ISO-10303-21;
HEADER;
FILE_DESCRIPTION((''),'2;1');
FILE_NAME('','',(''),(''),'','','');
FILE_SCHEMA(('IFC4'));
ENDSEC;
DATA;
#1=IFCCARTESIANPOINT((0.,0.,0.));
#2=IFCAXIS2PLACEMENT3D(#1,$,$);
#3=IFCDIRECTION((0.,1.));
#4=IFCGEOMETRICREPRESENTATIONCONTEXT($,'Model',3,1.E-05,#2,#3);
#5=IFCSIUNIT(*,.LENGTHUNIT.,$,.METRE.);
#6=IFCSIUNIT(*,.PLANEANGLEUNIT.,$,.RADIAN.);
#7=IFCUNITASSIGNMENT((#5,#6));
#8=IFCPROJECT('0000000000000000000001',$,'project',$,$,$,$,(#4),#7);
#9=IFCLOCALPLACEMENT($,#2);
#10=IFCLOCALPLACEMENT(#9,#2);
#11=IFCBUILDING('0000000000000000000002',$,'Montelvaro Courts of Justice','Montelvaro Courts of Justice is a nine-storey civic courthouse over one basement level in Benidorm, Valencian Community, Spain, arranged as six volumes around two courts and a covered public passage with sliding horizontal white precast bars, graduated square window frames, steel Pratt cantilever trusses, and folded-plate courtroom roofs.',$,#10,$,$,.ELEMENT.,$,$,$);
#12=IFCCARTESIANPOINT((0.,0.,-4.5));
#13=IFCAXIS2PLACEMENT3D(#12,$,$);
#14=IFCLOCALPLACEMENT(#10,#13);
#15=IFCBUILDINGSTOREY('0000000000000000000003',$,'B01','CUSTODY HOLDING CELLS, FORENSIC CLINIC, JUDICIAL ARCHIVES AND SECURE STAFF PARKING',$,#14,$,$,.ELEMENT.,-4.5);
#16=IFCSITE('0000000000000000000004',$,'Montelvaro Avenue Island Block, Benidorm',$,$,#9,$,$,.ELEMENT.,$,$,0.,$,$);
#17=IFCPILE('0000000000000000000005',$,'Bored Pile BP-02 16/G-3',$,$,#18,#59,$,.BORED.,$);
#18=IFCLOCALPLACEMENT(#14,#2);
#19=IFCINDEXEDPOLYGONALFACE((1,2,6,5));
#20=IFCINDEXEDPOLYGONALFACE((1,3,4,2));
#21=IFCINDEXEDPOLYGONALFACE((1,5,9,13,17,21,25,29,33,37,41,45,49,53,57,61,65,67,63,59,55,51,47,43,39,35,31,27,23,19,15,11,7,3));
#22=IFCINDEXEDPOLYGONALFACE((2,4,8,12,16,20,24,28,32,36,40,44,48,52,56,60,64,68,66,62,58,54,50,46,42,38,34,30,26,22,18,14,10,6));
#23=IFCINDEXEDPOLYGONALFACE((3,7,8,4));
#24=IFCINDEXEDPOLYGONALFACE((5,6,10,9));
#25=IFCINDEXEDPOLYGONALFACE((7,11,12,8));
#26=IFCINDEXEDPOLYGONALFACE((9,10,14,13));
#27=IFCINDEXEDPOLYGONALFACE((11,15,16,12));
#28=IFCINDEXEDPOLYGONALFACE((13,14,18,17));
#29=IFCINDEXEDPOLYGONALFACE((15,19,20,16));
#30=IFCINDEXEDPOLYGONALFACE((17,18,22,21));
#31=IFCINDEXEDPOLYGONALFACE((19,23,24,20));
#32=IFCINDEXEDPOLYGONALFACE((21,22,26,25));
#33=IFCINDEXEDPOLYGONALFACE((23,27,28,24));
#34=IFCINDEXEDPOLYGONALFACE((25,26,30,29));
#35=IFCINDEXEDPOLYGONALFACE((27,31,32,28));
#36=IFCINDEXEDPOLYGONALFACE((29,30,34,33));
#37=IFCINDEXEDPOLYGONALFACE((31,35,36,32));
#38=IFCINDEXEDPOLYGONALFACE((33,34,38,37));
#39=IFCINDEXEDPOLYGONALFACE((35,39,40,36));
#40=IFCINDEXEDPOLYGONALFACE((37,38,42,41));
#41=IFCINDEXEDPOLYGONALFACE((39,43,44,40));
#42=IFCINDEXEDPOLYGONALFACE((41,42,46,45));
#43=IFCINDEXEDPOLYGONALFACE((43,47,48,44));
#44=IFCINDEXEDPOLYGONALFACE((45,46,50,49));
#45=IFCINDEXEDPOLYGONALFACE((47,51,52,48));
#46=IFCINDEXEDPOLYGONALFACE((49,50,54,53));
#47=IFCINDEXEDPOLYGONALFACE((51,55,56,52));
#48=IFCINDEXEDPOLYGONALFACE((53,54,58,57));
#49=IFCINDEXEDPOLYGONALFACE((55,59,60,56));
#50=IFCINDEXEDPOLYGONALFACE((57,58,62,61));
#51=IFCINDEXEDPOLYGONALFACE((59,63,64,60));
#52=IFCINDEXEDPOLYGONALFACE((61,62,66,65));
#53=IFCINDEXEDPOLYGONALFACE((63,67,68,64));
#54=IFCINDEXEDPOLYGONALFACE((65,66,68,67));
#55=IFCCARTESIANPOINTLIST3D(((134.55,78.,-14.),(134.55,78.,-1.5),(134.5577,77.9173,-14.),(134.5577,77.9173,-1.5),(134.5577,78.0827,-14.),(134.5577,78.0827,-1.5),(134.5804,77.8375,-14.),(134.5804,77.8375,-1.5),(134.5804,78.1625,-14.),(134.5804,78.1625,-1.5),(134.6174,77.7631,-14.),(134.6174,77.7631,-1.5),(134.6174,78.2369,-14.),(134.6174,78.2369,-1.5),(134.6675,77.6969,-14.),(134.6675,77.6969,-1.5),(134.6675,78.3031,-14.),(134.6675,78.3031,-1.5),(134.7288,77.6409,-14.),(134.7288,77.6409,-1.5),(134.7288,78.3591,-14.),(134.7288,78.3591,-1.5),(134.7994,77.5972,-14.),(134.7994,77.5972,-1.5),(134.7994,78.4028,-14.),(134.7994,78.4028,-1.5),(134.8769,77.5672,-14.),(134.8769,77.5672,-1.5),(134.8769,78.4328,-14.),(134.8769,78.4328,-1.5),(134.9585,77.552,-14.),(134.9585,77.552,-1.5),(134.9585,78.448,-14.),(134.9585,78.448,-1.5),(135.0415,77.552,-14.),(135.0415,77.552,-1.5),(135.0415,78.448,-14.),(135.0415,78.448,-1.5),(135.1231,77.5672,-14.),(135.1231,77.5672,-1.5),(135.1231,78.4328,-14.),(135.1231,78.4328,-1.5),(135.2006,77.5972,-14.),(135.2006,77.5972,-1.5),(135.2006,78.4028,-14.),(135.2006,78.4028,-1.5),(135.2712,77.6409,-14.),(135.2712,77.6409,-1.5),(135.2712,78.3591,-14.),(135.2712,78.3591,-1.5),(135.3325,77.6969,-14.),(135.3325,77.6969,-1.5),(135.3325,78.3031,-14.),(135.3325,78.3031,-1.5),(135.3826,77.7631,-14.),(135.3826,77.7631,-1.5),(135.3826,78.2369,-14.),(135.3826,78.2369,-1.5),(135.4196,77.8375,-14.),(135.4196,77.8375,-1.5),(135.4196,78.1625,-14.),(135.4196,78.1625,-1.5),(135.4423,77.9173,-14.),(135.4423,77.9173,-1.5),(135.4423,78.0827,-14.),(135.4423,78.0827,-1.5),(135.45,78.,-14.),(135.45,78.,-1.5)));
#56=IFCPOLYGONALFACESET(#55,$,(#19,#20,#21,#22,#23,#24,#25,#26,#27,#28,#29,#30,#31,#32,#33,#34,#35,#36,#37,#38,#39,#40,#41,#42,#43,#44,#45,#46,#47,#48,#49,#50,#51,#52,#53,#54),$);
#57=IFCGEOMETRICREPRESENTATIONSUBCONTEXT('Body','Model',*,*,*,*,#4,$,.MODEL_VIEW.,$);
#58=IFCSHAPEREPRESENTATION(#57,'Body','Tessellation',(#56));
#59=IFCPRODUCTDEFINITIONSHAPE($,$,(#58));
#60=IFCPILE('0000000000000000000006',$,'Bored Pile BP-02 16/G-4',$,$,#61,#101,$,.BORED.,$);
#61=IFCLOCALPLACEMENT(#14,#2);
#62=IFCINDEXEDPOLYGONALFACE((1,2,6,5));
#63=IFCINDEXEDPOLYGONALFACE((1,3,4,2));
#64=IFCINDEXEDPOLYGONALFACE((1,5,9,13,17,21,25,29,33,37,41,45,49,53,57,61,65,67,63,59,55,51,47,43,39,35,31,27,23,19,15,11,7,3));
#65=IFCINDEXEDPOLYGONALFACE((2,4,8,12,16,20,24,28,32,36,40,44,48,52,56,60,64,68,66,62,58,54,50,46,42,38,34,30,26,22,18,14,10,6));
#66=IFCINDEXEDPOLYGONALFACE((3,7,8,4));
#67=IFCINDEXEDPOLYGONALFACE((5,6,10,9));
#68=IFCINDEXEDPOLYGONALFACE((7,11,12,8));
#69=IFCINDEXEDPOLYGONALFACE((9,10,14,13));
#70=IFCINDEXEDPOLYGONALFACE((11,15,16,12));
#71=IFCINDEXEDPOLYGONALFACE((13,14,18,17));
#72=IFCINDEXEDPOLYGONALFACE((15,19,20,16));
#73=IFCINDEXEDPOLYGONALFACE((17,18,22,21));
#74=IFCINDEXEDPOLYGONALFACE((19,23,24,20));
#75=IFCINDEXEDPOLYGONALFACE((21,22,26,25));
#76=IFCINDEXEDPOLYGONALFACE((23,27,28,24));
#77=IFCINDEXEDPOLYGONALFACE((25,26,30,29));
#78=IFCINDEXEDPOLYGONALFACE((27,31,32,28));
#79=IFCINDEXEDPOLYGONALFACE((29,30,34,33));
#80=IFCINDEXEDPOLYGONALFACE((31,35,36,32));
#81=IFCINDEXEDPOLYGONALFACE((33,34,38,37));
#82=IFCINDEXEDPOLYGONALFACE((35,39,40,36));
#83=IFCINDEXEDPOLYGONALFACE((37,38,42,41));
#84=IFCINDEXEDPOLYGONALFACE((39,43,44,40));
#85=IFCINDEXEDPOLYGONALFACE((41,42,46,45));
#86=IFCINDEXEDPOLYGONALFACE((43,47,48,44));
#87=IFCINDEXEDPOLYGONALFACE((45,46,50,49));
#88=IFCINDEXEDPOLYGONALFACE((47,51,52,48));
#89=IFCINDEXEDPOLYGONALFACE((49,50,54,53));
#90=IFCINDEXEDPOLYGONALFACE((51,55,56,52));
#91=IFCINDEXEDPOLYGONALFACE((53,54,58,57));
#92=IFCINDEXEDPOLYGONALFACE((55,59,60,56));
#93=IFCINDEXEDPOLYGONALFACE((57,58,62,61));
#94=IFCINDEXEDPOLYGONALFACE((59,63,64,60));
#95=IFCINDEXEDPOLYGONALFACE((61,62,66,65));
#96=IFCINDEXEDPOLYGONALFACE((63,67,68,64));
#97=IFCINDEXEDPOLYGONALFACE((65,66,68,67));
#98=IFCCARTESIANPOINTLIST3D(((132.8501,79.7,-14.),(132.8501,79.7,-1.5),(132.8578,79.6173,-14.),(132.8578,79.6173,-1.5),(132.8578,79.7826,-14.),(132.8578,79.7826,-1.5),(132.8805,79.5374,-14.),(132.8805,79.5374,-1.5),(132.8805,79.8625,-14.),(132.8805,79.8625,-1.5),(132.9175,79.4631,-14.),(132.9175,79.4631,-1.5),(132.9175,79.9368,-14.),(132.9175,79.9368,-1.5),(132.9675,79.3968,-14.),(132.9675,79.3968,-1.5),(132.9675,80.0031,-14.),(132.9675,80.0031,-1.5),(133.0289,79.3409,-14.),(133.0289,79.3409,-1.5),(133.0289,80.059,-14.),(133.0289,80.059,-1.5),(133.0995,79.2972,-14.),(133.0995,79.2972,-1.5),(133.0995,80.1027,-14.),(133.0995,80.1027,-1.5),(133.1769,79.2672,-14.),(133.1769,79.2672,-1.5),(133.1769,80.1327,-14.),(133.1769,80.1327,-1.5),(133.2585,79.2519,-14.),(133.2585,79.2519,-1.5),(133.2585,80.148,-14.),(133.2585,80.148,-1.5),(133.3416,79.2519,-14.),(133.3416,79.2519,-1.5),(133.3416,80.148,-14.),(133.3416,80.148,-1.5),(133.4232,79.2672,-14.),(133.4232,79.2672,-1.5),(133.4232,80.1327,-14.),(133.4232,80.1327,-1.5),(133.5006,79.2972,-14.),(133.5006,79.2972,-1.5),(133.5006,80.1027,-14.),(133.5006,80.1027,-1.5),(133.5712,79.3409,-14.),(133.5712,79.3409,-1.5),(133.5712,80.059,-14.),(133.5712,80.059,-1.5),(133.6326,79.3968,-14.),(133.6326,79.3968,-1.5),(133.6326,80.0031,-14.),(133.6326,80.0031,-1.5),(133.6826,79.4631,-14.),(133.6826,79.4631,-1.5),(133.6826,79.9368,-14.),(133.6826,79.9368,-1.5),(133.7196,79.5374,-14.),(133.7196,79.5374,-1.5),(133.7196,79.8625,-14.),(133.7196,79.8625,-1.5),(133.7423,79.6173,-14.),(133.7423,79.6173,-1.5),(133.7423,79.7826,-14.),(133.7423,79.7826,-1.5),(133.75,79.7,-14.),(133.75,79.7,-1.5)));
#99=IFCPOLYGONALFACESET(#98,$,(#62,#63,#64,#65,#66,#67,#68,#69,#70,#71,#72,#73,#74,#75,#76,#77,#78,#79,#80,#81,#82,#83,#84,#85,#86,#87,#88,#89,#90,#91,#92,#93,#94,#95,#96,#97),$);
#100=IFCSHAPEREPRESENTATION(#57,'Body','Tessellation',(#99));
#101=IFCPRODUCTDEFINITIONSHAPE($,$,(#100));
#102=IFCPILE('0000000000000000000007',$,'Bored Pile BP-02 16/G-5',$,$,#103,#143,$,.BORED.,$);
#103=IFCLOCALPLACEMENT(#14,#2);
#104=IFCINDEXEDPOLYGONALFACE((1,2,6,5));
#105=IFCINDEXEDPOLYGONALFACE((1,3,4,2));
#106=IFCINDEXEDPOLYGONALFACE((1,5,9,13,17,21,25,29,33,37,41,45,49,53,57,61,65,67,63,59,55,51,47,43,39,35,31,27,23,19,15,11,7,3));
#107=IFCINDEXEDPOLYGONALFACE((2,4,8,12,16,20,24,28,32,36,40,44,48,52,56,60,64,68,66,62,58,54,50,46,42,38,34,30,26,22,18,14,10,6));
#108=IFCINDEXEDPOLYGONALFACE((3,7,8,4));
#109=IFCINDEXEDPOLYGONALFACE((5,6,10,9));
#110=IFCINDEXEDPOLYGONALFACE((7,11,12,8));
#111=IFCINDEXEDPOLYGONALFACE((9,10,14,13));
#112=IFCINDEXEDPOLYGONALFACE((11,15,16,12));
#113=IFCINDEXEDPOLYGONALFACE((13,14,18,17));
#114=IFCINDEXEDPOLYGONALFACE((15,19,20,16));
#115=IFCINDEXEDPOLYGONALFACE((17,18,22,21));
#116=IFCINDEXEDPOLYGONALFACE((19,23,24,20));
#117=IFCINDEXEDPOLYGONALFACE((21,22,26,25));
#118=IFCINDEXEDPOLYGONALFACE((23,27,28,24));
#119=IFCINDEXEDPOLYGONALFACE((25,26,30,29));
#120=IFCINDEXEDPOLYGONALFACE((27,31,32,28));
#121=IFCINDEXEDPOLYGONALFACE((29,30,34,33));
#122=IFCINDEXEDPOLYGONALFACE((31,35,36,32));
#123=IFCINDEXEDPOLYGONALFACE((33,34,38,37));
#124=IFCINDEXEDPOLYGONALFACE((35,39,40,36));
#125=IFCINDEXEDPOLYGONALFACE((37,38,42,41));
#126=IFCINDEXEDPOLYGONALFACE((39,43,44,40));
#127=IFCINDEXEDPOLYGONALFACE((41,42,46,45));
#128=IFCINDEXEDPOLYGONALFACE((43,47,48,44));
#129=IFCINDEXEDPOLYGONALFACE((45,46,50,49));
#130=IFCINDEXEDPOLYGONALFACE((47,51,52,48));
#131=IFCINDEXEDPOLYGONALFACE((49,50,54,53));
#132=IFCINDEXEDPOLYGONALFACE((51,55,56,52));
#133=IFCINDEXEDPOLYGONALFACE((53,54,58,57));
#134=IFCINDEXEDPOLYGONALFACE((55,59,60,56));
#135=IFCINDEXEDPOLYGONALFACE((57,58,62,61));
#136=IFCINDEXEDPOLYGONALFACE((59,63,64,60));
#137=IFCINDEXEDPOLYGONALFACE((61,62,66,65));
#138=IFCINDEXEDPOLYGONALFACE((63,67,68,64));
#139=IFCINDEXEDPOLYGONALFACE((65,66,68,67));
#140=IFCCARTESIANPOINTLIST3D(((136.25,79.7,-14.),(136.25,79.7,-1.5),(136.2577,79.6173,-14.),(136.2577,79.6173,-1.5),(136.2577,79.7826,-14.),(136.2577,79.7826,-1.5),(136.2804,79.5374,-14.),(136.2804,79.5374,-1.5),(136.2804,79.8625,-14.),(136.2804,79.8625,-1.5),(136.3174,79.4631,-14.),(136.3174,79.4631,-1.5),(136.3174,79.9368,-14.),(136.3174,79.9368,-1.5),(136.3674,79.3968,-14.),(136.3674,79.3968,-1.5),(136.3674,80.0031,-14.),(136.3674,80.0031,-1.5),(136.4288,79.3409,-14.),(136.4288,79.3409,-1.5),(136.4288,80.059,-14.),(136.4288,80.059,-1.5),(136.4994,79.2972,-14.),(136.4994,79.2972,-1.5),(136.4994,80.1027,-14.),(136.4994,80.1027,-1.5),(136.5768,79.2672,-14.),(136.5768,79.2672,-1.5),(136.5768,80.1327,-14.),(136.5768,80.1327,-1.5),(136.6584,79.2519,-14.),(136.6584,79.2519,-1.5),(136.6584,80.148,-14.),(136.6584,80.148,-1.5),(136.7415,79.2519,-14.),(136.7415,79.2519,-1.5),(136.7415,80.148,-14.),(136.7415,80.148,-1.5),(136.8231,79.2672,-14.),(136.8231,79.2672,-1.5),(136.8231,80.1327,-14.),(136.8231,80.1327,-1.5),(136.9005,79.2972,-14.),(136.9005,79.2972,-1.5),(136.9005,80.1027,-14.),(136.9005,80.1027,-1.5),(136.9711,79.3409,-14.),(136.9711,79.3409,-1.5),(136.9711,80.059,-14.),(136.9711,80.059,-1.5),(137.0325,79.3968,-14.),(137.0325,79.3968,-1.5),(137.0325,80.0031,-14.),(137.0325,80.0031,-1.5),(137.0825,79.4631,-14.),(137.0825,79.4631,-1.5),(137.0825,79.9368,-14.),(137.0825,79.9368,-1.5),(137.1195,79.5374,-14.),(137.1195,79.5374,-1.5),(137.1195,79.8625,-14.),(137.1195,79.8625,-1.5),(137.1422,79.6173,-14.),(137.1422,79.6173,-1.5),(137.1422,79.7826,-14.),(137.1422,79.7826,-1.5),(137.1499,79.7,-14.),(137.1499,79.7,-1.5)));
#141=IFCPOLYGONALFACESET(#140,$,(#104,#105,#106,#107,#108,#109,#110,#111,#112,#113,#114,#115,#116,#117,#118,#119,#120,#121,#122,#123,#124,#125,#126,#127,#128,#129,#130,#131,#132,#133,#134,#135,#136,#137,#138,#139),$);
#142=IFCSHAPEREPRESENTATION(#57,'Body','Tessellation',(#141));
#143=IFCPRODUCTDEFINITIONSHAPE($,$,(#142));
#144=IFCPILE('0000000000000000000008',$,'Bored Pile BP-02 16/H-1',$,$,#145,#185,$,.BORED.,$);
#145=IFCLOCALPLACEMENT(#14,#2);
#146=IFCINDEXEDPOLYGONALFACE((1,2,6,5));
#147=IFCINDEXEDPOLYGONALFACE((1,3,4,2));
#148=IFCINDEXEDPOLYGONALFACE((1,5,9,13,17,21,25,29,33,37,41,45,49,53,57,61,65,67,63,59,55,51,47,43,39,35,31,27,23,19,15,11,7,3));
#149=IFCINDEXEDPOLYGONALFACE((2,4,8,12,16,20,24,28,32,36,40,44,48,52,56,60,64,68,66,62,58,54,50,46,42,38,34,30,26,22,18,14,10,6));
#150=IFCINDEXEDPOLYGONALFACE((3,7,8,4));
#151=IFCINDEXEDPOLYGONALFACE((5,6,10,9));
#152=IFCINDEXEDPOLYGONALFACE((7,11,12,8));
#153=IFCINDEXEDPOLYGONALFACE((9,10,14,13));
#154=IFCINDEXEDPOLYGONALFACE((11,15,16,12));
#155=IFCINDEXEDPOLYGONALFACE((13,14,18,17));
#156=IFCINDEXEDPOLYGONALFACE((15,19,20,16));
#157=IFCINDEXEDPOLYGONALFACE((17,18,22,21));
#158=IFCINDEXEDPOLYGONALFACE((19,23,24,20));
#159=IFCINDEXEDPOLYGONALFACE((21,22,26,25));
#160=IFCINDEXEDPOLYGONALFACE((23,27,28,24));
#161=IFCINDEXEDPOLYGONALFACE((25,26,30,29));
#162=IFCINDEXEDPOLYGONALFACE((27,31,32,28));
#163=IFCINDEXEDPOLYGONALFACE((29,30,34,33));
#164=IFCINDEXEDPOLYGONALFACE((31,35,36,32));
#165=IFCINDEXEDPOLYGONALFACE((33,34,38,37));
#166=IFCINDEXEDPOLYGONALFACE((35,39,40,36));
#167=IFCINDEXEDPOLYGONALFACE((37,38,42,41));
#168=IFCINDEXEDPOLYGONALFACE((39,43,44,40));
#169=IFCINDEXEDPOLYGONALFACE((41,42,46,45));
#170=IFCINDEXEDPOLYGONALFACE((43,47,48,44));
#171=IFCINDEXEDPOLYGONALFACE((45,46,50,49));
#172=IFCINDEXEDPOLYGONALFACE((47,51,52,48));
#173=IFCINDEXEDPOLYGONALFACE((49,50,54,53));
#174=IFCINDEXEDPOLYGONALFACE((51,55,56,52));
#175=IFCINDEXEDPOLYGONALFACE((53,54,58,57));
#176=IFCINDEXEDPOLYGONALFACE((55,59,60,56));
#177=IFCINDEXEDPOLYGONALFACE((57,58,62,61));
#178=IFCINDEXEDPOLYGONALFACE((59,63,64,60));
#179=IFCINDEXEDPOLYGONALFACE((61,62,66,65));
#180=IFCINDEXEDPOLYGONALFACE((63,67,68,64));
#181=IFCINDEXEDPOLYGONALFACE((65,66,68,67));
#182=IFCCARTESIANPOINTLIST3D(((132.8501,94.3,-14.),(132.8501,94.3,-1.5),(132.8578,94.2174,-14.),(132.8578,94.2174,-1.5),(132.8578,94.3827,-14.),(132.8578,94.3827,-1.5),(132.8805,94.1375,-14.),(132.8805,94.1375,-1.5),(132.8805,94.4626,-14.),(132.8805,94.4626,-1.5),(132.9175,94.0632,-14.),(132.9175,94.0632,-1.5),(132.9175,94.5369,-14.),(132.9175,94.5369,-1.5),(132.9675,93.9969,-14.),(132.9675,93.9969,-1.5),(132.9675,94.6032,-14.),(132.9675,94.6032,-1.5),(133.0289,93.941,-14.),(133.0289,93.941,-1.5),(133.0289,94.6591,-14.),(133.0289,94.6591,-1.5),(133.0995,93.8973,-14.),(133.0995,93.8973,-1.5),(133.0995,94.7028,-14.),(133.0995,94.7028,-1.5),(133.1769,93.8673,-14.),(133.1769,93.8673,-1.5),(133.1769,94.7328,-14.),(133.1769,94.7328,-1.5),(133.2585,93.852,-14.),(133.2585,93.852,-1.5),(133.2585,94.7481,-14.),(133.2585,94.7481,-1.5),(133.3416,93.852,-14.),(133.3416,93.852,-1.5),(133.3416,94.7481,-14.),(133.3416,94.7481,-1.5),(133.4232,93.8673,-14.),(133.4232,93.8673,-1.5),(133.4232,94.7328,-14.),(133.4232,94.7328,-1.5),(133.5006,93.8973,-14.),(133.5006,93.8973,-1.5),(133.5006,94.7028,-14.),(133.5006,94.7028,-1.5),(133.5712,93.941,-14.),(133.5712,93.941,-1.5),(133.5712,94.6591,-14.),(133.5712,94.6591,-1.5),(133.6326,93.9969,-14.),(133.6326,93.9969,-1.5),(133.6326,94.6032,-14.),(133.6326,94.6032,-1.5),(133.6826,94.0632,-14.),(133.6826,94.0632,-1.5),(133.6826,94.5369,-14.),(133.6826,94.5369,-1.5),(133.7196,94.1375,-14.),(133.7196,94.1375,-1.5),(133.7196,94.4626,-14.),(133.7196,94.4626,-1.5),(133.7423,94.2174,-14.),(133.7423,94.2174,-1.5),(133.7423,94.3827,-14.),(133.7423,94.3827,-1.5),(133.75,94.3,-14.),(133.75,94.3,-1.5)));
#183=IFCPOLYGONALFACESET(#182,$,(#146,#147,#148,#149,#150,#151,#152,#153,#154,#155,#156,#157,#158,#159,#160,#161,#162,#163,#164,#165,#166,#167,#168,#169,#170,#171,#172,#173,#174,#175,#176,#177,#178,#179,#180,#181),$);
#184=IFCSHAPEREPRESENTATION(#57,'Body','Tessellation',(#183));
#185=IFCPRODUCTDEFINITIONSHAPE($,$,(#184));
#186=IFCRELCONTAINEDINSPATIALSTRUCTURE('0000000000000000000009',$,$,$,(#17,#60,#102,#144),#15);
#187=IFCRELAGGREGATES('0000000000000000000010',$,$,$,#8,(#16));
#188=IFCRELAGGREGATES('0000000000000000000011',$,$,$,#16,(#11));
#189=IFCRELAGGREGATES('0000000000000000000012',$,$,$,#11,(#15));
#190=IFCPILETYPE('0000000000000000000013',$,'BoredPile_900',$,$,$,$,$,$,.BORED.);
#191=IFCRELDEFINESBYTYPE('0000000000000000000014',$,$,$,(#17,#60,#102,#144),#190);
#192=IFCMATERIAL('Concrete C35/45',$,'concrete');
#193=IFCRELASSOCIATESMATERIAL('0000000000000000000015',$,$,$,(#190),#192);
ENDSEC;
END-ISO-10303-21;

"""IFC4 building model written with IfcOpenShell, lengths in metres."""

from ifc_helpers import new_model, si_unit, direction, frame, origin, origin_2d, place, context, subcontext, project, spatial, circle, extrude, material, material_profile, profile_set, type_object, element, save


model = new_model("IFC4")

# Units and contexts
model_context = context("Model", 3, precision=1e-05, world=origin(), true_north=direction((0.0, 1.0)))
body_context = subcontext(model_context, "Body", "Model", "MODEL_VIEW")
ifc_project = project(units=[si_unit("LENGTHUNIT", "METRE"), si_unit("PLANEANGLEUNIT", "RADIAN")], contexts=[model_context])

# Site, building, storey
site_placement = place(None, origin())
site = spatial("IfcSite", under=ifc_project, at=site_placement, Name="Montelvaro Avenue Island Block, Benidorm", CompositionType="ELEMENT", RefElevation=0.0)
building_placement = place(site_placement, origin())
building = spatial("IfcBuilding", under=site, at=building_placement, Name="Montelvaro Courts of Justice", Description="Montelvaro Courts of Justice is a nine-storey civic courthouse over one basement level in Benidorm, Valencian Community, Spain, arranged as six volumes around two courts and a covered public passage with sliding horizontal white precast bars, graduated square window frames, steel Pratt cantilever trusses, and folded-plate courtroom roofs.", CompositionType="ELEMENT")
storey_placement = place(building_placement, frame((0.0, 0.0, -4.5)))
storey = spatial("IfcBuildingStorey", under=building, at=storey_placement, Name="B01", Description="CUSTODY HOLDING CELLS, FORENSIC CLINIC, JUDICIAL ARCHIVES AND SECURE STAFF PARKING", CompositionType="ELEMENT", Elevation=-4.5)

# Piles
ifc_material_1 = material(Name="Concrete C35/45", Category="concrete")
ifc_material_profile_1 = material_profile(ifc_material_1, circle(Radius=0.45, at=origin_2d()), Name="BORED PILE D900")
ifc_profile_set_1 = profile_set([ifc_material_profile_1], Name="Concrete C35/45")
pile_type_1 = type_object("IfcPileType", Name="BoredPile_900", PredefinedType="BORED", material=ifc_profile_set_1)
for number, where, z_axis, x_axis, name in (
    (1, (135.0, 78.0, -1.5), (0.0, 0.0, -1.0), (1.0, 0.0, 0.0), "Bored Pile BP-02 16/G-3"),
    (2, (133.3, 79.7, -1.5), (0.0, 0.0, -1.0), (1.0, 0.0, 0.0), "Bored Pile BP-02 16/G-4"),
    (3, (136.7, 79.7, -1.5), (0.0, 0.0, -1.0), (1.0, 0.0, 0.0), "Bored Pile BP-02 16/G-5"),
    (4, (133.3, 94.3, -1.5), (0.0, 0.0, -1.0), (1.0, 0.0, 0.0), "Bored Pile BP-02 16/H-1"),
):
    element("IfcPile", number, at=place(storey_placement, frame(where, z_axis=z_axis, x_axis=x_axis)), inside=storey, type_object=pile_type_1, Name=name, PredefinedType="BORED", context=body_context, shape_type="SweptSolid", body=[
        extrude(circle(Radius=0.45, at=origin_2d()), origin(), (0.0, 0.0, 1.0), 12.5),
    ])

save(model, "model.ifc")
